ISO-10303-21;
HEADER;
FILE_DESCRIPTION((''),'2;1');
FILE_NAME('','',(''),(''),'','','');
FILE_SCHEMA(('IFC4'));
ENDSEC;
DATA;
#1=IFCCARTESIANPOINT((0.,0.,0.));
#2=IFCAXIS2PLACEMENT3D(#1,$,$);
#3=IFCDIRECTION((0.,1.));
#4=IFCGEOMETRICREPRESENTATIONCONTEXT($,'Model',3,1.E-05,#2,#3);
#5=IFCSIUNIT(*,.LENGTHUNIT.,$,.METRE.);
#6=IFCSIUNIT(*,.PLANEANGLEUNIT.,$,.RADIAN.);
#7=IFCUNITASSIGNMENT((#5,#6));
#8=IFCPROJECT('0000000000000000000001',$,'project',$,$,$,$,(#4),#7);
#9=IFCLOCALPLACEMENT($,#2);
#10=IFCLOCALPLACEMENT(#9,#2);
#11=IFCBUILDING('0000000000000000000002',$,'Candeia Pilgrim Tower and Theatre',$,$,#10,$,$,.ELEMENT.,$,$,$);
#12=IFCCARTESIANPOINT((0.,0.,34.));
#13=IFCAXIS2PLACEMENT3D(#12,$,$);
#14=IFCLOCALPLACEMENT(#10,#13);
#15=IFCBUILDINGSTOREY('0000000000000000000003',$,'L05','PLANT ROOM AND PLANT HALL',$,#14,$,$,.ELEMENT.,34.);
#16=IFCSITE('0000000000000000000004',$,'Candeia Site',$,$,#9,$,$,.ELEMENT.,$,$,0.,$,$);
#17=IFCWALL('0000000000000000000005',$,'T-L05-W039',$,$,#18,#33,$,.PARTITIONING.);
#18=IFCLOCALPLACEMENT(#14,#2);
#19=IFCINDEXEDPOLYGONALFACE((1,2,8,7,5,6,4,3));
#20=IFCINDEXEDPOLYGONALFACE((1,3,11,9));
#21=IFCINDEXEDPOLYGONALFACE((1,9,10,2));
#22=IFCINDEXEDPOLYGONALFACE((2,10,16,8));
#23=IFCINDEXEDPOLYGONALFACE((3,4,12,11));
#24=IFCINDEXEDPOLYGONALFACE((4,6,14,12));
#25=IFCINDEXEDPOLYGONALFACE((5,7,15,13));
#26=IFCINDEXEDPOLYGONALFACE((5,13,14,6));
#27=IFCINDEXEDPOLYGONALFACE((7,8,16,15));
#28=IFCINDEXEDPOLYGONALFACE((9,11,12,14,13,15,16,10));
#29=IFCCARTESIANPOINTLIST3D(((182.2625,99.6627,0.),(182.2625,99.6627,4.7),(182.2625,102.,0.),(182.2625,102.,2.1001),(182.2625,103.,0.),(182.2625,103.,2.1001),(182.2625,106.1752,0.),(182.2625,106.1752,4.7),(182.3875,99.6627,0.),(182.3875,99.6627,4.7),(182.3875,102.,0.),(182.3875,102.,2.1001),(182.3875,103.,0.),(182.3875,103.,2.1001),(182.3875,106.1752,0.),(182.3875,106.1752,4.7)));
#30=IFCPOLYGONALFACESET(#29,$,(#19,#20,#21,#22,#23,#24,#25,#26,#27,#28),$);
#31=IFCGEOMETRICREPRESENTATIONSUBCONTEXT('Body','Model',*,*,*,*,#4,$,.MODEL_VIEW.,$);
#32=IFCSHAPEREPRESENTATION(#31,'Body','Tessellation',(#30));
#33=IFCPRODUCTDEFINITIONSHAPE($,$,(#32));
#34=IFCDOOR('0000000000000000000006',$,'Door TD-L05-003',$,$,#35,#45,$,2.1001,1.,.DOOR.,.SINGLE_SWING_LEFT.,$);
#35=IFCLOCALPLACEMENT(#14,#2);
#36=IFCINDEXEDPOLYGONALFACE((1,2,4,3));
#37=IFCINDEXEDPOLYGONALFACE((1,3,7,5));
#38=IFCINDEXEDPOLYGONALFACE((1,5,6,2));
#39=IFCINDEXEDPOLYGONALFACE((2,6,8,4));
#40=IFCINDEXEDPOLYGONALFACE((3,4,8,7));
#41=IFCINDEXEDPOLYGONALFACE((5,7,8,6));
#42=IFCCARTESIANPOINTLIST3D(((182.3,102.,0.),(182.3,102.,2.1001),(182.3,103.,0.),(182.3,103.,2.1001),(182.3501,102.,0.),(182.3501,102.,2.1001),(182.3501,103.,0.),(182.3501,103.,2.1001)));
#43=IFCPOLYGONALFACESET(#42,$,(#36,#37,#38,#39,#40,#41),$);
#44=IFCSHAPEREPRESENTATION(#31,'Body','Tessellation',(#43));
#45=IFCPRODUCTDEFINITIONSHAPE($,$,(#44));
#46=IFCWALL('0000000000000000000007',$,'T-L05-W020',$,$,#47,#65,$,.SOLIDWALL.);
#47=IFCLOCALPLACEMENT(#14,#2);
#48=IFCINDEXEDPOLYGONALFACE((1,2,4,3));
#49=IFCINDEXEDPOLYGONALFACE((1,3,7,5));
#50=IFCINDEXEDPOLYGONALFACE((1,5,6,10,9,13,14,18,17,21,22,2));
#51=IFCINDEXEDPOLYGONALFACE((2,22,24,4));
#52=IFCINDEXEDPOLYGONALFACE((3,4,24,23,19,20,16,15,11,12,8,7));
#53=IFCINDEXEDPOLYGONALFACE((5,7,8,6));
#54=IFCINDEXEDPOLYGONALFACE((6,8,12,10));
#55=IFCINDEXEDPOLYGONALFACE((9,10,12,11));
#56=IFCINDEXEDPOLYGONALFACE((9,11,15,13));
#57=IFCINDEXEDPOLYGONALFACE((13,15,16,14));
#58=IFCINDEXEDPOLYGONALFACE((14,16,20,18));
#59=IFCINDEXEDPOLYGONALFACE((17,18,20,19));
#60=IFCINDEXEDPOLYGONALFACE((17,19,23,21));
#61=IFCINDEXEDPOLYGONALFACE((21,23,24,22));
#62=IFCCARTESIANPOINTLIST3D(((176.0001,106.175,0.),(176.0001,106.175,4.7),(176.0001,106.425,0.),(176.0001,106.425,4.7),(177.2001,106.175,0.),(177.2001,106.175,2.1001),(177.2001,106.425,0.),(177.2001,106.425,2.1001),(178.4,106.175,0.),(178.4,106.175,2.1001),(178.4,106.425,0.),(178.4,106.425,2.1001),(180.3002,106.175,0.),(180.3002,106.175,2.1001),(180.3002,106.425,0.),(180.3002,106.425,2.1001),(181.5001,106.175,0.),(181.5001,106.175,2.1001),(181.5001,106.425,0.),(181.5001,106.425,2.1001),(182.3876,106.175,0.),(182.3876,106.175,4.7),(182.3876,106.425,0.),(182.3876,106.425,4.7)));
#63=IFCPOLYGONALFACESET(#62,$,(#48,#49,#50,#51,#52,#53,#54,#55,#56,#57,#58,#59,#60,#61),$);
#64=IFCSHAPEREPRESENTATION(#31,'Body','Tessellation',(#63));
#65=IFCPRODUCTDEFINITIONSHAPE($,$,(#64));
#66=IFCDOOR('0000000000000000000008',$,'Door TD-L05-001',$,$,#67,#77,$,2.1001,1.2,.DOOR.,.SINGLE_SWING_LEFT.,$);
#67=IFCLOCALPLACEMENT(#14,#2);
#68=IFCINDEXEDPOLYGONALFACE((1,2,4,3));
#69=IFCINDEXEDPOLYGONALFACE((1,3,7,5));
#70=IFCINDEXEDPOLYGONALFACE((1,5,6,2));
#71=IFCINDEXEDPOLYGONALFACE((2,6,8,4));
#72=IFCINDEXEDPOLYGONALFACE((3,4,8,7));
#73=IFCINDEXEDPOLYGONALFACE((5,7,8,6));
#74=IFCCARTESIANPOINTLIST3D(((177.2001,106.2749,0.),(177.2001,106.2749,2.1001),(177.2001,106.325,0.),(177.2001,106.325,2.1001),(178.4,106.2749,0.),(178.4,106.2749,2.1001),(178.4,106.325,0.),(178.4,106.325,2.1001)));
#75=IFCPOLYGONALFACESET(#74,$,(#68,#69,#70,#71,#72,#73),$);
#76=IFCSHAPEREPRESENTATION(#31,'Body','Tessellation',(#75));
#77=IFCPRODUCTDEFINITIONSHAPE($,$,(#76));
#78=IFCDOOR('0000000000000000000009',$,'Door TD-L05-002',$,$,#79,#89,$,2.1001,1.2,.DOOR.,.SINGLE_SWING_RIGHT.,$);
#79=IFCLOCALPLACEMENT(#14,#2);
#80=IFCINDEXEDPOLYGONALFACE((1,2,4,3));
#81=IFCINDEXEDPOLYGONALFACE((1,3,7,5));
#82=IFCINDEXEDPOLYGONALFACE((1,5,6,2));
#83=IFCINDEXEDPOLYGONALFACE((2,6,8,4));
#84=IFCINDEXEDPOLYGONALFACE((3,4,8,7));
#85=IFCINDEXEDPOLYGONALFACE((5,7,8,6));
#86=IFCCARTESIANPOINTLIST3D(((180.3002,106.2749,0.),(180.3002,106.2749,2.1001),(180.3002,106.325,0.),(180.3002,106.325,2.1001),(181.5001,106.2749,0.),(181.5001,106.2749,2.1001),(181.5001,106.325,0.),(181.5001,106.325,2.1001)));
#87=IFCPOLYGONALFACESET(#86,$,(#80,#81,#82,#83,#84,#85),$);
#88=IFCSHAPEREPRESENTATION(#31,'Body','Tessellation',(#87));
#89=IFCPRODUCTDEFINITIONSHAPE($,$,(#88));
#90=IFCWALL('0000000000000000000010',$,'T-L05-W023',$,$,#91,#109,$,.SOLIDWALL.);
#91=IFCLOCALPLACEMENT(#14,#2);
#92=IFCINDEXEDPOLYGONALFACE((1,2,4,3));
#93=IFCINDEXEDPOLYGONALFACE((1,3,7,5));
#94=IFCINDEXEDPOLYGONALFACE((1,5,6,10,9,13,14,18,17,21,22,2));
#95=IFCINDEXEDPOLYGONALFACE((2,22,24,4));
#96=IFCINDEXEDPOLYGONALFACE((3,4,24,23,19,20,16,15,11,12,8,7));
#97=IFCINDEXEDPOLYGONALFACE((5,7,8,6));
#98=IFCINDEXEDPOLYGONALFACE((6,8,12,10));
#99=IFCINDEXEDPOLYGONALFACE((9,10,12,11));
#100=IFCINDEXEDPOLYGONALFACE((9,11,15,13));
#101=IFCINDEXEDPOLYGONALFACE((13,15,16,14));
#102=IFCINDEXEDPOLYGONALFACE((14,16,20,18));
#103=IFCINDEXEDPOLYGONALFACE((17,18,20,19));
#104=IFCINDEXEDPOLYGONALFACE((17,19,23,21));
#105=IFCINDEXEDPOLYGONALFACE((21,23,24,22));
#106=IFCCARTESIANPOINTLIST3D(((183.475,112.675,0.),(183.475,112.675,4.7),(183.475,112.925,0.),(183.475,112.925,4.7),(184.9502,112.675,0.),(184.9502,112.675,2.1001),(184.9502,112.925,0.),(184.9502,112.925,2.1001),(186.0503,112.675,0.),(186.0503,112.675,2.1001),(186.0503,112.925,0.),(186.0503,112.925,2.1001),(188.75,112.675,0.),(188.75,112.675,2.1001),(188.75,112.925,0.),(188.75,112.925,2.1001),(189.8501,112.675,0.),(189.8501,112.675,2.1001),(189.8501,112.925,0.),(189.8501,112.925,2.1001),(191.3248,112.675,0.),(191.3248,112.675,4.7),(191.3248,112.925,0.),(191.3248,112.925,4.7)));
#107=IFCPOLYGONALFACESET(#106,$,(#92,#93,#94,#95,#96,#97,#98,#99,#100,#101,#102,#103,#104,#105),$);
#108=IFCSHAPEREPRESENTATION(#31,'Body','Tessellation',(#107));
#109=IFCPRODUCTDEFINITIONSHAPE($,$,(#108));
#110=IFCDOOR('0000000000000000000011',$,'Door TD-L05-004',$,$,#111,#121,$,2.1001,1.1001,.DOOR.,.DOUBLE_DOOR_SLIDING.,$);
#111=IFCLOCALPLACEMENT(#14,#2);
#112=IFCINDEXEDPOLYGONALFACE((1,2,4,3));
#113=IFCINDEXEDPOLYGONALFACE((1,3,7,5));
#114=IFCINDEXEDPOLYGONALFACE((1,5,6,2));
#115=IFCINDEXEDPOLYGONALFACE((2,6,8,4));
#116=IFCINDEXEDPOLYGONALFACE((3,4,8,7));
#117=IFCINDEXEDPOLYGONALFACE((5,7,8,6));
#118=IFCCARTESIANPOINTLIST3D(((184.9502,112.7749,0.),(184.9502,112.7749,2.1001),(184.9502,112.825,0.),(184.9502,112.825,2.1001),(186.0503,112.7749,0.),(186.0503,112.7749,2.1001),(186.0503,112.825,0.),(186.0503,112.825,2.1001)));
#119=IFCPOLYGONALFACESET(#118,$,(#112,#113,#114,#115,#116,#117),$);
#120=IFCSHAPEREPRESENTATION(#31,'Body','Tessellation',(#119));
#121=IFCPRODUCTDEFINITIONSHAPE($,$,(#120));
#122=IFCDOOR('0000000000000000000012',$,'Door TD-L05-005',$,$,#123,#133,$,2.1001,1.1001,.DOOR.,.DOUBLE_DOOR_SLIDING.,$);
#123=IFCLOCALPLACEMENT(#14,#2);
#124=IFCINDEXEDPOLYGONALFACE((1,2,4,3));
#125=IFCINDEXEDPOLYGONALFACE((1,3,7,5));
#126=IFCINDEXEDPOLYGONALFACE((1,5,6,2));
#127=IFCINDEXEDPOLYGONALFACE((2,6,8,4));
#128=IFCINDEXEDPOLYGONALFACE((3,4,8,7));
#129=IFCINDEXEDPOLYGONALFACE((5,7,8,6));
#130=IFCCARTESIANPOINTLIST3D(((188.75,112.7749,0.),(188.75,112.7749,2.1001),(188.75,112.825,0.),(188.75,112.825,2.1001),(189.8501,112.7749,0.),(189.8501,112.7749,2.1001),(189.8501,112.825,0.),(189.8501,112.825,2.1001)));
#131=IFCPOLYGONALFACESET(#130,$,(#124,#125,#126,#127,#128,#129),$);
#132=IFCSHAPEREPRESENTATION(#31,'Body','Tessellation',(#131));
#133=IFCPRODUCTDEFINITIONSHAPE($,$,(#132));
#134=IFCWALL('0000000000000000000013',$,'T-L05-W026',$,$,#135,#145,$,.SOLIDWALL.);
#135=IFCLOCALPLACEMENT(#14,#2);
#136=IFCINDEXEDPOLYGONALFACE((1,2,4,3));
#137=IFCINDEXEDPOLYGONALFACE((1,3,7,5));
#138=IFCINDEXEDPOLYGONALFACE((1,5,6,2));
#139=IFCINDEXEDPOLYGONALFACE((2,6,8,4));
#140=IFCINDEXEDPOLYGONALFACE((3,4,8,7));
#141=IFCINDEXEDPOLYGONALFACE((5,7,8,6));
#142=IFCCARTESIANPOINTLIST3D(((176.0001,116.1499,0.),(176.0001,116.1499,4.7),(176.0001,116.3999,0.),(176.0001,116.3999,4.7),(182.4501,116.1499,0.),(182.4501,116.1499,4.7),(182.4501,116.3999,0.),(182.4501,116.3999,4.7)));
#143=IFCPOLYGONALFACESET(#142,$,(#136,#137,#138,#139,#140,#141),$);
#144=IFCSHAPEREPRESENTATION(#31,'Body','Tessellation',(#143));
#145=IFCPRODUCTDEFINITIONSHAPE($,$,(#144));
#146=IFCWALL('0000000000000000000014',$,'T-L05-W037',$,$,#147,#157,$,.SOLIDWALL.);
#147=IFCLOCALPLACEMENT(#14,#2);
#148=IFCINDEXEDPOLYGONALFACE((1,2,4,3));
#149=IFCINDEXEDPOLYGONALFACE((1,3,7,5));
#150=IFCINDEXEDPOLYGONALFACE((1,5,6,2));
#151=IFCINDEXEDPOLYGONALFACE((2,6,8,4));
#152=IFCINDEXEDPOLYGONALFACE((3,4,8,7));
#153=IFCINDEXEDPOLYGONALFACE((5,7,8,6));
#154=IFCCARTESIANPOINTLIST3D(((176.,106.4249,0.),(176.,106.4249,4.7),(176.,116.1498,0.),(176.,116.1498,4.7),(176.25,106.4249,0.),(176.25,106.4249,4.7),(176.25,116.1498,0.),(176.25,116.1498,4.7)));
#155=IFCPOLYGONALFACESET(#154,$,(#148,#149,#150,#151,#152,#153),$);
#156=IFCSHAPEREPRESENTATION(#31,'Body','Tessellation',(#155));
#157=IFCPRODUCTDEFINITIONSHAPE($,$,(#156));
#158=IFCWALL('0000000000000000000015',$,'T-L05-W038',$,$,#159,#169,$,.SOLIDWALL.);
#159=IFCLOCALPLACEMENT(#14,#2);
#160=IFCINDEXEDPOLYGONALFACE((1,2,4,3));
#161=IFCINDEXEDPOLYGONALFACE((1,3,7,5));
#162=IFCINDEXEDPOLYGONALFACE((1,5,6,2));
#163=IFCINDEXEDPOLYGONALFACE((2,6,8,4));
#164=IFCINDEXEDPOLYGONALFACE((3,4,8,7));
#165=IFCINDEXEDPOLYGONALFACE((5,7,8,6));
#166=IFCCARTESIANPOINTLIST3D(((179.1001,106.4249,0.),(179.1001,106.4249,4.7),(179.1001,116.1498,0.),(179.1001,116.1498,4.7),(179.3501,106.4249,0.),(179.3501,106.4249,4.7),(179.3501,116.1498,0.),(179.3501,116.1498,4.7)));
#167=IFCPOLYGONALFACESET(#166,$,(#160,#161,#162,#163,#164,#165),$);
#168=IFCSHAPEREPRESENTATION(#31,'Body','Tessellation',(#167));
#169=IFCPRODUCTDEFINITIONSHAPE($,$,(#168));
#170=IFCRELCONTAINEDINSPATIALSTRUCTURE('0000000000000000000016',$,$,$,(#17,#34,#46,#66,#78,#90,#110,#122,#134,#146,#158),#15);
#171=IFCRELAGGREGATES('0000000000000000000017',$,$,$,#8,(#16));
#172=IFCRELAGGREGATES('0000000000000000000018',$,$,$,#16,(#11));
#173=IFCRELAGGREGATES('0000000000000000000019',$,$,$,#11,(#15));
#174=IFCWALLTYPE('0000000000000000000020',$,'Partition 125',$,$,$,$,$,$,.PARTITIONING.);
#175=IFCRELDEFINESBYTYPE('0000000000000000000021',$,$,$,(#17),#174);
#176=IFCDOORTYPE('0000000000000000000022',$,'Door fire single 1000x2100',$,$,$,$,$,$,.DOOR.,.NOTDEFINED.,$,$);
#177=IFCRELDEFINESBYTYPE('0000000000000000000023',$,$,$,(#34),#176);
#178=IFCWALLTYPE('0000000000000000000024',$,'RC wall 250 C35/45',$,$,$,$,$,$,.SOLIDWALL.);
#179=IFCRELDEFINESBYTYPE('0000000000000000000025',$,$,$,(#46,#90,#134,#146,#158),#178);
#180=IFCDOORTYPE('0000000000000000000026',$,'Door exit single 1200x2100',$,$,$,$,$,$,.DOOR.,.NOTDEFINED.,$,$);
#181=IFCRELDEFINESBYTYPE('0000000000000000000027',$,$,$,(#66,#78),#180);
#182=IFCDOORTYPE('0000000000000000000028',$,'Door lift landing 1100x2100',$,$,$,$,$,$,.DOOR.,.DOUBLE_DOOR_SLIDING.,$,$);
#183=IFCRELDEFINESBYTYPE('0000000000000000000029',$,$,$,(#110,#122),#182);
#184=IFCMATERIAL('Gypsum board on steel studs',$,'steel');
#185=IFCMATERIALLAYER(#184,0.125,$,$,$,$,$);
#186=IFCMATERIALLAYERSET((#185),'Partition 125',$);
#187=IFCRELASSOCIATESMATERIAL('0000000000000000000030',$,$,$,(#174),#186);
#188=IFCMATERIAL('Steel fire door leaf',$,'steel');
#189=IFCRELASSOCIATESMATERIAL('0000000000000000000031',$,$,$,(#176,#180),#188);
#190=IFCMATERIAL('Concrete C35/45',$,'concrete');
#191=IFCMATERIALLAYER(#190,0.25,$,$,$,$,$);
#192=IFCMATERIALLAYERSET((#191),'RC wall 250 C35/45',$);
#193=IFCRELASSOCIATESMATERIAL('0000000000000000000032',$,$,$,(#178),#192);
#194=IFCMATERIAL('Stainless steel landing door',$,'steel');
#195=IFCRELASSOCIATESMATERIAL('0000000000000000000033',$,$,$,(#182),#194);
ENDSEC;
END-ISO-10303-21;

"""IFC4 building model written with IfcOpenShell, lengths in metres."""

from ifc_helpers import new_model, si_unit, direction, frame, frame_2d, origin, place, context, subcontext, project, spatial, rectangle, extrude, material, layer, layer_set, type_object, element, fill, save


model = new_model("IFC4")

# Units and contexts
model_context = context("Model", 3, precision=1e-05, world=origin(), true_north=direction((0.0, 1.0)))
body_context = subcontext(model_context, "Body", "Model", "MODEL_VIEW")
ifc_project = project(units=[si_unit("LENGTHUNIT", "METRE"), si_unit("PLANEANGLEUNIT", "RADIAN")], contexts=[model_context])

# Site, building, storey
site_placement = place(None, origin())
site = spatial("IfcSite", under=ifc_project, at=site_placement, Name="Candeia Site", CompositionType="ELEMENT", RefElevation=0.0)
building_placement = place(site_placement, origin())
building = spatial("IfcBuilding", under=site, at=building_placement, Name="Candeia Pilgrim Tower and Theatre", CompositionType="ELEMENT")
storey_placement = place(building_placement, frame((0.0, 0.0, 34.0)))
storey = spatial("IfcBuildingStorey", under=building, at=storey_placement, Name="L05", Description="PLANT ROOM AND PLANT HALL", CompositionType="ELEMENT", Elevation=34.0)

# Shared definitions
ifc_material_1 = material(Name="Gypsum board on steel studs", Category="steel")
ifc_layer_1 = layer(ifc_material_1, 0.125)
ifc_layer_set_1 = layer_set([ifc_layer_1], Name="Partition 125")
wall_type_1 = type_object("IfcWallType", Name="Partition 125", PredefinedType="PARTITIONING", material=ifc_layer_set_1)

# Wall, opening, door
wall_1_placement = place(storey_placement, frame((182.325, 99.6626, 0.0), z_axis=(0.0, 0.0, 1.0), x_axis=(0.0, 1.0, 0.0)))
wall_1 = element("IfcWall", 1, at=wall_1_placement, inside=storey, type_object=wall_type_1, Name="T-L05-W039", PredefinedType="PARTITIONING", context=body_context, shape_type="SweptSolid", body=[
    extrude(rectangle(XDim=6.5125, YDim=0.125, at=frame_2d((3.2563, 0.0))), origin(), (0.0, 0.0, 1.0), 4.7),
])
opening_1_placement = place(wall_1_placement, frame((2.3374, 0.0, 0.0)))
opening_1 = element("IfcOpeningElement", 2, at=opening_1_placement, cuts=wall_1, PredefinedType="OPENING", context=body_context, shape_type="SweptSolid", body=[
    extrude(rectangle(XDim=1.0, YDim=2.1001, at=frame_2d((0.5, 1.05))), frame((0.0, 0.0725, 0.0), z_axis=(0.0, -1.0, 0.0), x_axis=(1.0, 0.0, 0.0)), (0.0, 0.0, 1.0), 0.145),
])
ifc_material_2 = material(Name="Steel fire door leaf", Category="steel")
door_type_1 = type_object("IfcDoorType", Name="Door fire single 1000x2100", OperationType="NOTDEFINED", PredefinedType="DOOR", material=ifc_material_2)
door_1_placement = place(opening_1_placement, origin())
door_1 = element("IfcDoor", 3, at=door_1_placement, inside=storey, type_object=door_type_1, Name="Door TD-L05-003", OperationType="SINGLE_SWING_LEFT", OverallHeight=2.1001, OverallWidth=1.0, PredefinedType="DOOR", context=body_context, shape_type="SweptSolid", body=[
    extrude(rectangle(XDim=1.0, YDim=2.1001, at=frame_2d((0.5, 1.05))), frame((0.0, 0.0249, 0.0), z_axis=(0.0, -1.0, 0.0), x_axis=(1.0, 0.0, 0.0)), (0.0, 0.0, 1.0), 0.05),
])
fill(opening_1, door_1)

# Walls, openings, doors
ifc_material_3 = material(Name="Concrete C35/45", Category="concrete")
ifc_layer_2 = layer(ifc_material_3, 0.25)
ifc_layer_set_2 = layer_set([ifc_layer_2], Name="RC wall 250 C35/45")
wall_type_2 = type_object("IfcWallType", Name="RC wall 250 C35/45", PredefinedType="SOLIDWALL", material=ifc_layer_set_2)
wall_2_placement = place(storey_placement, frame((176.0, 106.3, 0.0), z_axis=(0.0, 0.0, 1.0), x_axis=(1.0, 0.0, 0.0)))
wall_2 = element("IfcWall", 4, at=wall_2_placement, inside=storey, type_object=wall_type_2, Name="T-L05-W020", PredefinedType="SOLIDWALL", context=body_context, shape_type="SweptSolid", body=[
    extrude(rectangle(XDim=6.3875, YDim=0.25, at=frame_2d((3.1938, 0.0))), origin(), (0.0, 0.0, 1.0), 4.7),
])
opening_2_placement = place(wall_2_placement, frame((1.2, 0.0, 0.0)))
opening_2 = element("IfcOpeningElement", 5, at=opening_2_placement, cuts=wall_2, PredefinedType="OPENING", context=body_context, shape_type="SweptSolid", body=[
    extrude(rectangle(XDim=1.2, YDim=2.1001, at=frame_2d((0.6001, 1.05))), frame((0.0, 0.135, 0.0), z_axis=(0.0, -1.0, 0.0), x_axis=(1.0, 0.0, 0.0)), (0.0, 0.0, 1.0), 0.27),
])
opening_3_placement = place(wall_2_placement, frame((4.3, 0.0, 0.0)))
opening_3 = element("IfcOpeningElement", 6, at=opening_3_placement, cuts=wall_2, PredefinedType="OPENING", context=body_context, shape_type="SweptSolid", body=[
    extrude(rectangle(XDim=1.2, YDim=2.1001, at=frame_2d((0.6001, 1.05))), frame((0.0, 0.135, 0.0), z_axis=(0.0, -1.0, 0.0), x_axis=(1.0, 0.0, 0.0)), (0.0, 0.0, 1.0), 0.27),
])
door_type_2 = type_object("IfcDoorType", Name="Door exit single 1200x2100", OperationType="NOTDEFINED", PredefinedType="DOOR", material=ifc_material_2)
door_2_placement = place(opening_2_placement, origin())
door_2 = element("IfcDoor", 7, at=door_2_placement, inside=storey, type_object=door_type_2, Name="Door TD-L05-001", OperationType="SINGLE_SWING_LEFT", OverallHeight=2.1001, OverallWidth=1.2, PredefinedType="DOOR", context=body_context, shape_type="SweptSolid", body=[
    extrude(rectangle(XDim=1.2, YDim=2.1001, at=frame_2d((0.6001, 1.05))), frame((0.0, 0.0249, 0.0), z_axis=(0.0, -1.0, 0.0), x_axis=(1.0, 0.0, 0.0)), (0.0, 0.0, 1.0), 0.05),
])
fill(opening_2, door_2)
door_3_placement = place(opening_3_placement, origin())
door_3 = element("IfcDoor", 8, at=door_3_placement, inside=storey, type_object=door_type_2, Name="Door TD-L05-002", OperationType="SINGLE_SWING_RIGHT", OverallHeight=2.1001, OverallWidth=1.2, PredefinedType="DOOR", context=body_context, shape_type="SweptSolid", body=[
    extrude(rectangle(XDim=1.2, YDim=2.1001, at=frame_2d((0.6001, 1.05))), frame((0.0, 0.0249, 0.0), z_axis=(0.0, -1.0, 0.0), x_axis=(1.0, 0.0, 0.0)), (0.0, 0.0, 1.0), 0.05),
])
fill(opening_3, door_3)
wall_3_placement = place(storey_placement, frame((183.4751, 112.8, 0.0), z_axis=(0.0, 0.0, 1.0), x_axis=(1.0, 0.0, 0.0)))
wall_3 = element("IfcWall", 9, at=wall_3_placement, inside=storey, type_object=wall_type_2, Name="T-L05-W023", PredefinedType="SOLIDWALL", context=body_context, shape_type="SweptSolid", body=[
    extrude(rectangle(XDim=7.8499, YDim=0.25, at=frame_2d((3.9248, 0.0))), origin(), (0.0, 0.0, 1.0), 4.7),
])
opening_4_placement = place(wall_3_placement, frame((1.4751, 0.0, 0.0)))
opening_4 = element("IfcOpeningElement", 10, at=opening_4_placement, cuts=wall_3, PredefinedType="OPENING", context=body_context, shape_type="SweptSolid", body=[
    extrude(rectangle(XDim=1.1001, YDim=2.1001, at=frame_2d((0.55, 1.05))), frame((0.0, 0.135, 0.0), z_axis=(0.0, -1.0, 0.0), x_axis=(1.0, 0.0, 0.0)), (0.0, 0.0, 1.0), 0.27),
])
opening_5_placement = place(wall_3_placement, frame((5.2749, 0.0, 0.0)))
opening_5 = element("IfcOpeningElement", 11, at=opening_5_placement, cuts=wall_3, PredefinedType="OPENING", context=body_context, shape_type="SweptSolid", body=[
    extrude(rectangle(XDim=1.1001, YDim=2.1001, at=frame_2d((0.55, 1.05))), frame((0.0, 0.135, 0.0), z_axis=(0.0, -1.0, 0.0), x_axis=(1.0, 0.0, 0.0)), (0.0, 0.0, 1.0), 0.27),
])
ifc_material_4 = material(Name="Stainless steel landing door", Category="steel")
door_type_3 = type_object("IfcDoorType", Name="Door lift landing 1100x2100", OperationType="DOUBLE_DOOR_SLIDING", PredefinedType="DOOR", material=ifc_material_4)
door_4_placement = place(opening_4_placement, origin())
door_4 = element("IfcDoor", 12, at=door_4_placement, inside=storey, type_object=door_type_3, Name="Door TD-L05-004", OperationType="DOUBLE_DOOR_SLIDING", OverallHeight=2.1001, OverallWidth=1.1001, PredefinedType="DOOR", context=body_context, shape_type="SweptSolid", body=[
    extrude(rectangle(XDim=1.1001, YDim=2.1001, at=frame_2d((0.55, 1.05))), frame((0.0, 0.0249, 0.0), z_axis=(0.0, -1.0, 0.0), x_axis=(1.0, 0.0, 0.0)), (0.0, 0.0, 1.0), 0.05),
])
fill(opening_4, door_4)
door_5_placement = place(opening_5_placement, origin())
door_5 = element("IfcDoor", 13, at=door_5_placement, inside=storey, type_object=door_type_3, Name="Door TD-L05-005", OperationType="DOUBLE_DOOR_SLIDING", OverallHeight=2.1001, OverallWidth=1.1001, PredefinedType="DOOR", context=body_context, shape_type="SweptSolid", body=[
    extrude(rectangle(XDim=1.1001, YDim=2.1001, at=frame_2d((0.55, 1.05))), frame((0.0, 0.0249, 0.0), z_axis=(0.0, -1.0, 0.0), x_axis=(1.0, 0.0, 0.0)), (0.0, 0.0, 1.0), 0.05),
])
fill(opening_5, door_5)

# Walls
wall_4_placement = place(storey_placement, frame((176.0, 116.2749, 0.0), z_axis=(0.0, 0.0, 1.0), x_axis=(1.0, 0.0, 0.0)))
element("IfcWall", 14, at=wall_4_placement, inside=storey, type_object=wall_type_2, Name="T-L05-W026", PredefinedType="SOLIDWALL", context=body_context, shape_type="SweptSolid", body=[
    extrude(rectangle(XDim=6.45, YDim=0.25, at=frame_2d((3.2251, 0.0))), origin(), (0.0, 0.0, 1.0), 4.7),
])
for number, where, z_axis, x_axis, name in (
    (15, (176.125, 106.425, 0.0), (0.0, 0.0, 1.0), (0.0, 1.0, 0.0), "T-L05-W037"),
    (16, (179.2251, 106.425, 0.0), (0.0, 0.0, 1.0), (0.0, 1.0, 0.0), "T-L05-W038"),
):
    element("IfcWall", number, at=place(storey_placement, frame(where, z_axis=z_axis, x_axis=x_axis)), inside=storey, type_object=wall_type_2, Name=name, PredefinedType="SOLIDWALL", context=body_context, shape_type="SweptSolid", body=[
        extrude(rectangle(XDim=9.7249, YDim=0.25, at=frame_2d((4.8623, 0.0))), origin(), (0.0, 0.0, 1.0), 4.7),
    ])

save(model, "model.ifc")
